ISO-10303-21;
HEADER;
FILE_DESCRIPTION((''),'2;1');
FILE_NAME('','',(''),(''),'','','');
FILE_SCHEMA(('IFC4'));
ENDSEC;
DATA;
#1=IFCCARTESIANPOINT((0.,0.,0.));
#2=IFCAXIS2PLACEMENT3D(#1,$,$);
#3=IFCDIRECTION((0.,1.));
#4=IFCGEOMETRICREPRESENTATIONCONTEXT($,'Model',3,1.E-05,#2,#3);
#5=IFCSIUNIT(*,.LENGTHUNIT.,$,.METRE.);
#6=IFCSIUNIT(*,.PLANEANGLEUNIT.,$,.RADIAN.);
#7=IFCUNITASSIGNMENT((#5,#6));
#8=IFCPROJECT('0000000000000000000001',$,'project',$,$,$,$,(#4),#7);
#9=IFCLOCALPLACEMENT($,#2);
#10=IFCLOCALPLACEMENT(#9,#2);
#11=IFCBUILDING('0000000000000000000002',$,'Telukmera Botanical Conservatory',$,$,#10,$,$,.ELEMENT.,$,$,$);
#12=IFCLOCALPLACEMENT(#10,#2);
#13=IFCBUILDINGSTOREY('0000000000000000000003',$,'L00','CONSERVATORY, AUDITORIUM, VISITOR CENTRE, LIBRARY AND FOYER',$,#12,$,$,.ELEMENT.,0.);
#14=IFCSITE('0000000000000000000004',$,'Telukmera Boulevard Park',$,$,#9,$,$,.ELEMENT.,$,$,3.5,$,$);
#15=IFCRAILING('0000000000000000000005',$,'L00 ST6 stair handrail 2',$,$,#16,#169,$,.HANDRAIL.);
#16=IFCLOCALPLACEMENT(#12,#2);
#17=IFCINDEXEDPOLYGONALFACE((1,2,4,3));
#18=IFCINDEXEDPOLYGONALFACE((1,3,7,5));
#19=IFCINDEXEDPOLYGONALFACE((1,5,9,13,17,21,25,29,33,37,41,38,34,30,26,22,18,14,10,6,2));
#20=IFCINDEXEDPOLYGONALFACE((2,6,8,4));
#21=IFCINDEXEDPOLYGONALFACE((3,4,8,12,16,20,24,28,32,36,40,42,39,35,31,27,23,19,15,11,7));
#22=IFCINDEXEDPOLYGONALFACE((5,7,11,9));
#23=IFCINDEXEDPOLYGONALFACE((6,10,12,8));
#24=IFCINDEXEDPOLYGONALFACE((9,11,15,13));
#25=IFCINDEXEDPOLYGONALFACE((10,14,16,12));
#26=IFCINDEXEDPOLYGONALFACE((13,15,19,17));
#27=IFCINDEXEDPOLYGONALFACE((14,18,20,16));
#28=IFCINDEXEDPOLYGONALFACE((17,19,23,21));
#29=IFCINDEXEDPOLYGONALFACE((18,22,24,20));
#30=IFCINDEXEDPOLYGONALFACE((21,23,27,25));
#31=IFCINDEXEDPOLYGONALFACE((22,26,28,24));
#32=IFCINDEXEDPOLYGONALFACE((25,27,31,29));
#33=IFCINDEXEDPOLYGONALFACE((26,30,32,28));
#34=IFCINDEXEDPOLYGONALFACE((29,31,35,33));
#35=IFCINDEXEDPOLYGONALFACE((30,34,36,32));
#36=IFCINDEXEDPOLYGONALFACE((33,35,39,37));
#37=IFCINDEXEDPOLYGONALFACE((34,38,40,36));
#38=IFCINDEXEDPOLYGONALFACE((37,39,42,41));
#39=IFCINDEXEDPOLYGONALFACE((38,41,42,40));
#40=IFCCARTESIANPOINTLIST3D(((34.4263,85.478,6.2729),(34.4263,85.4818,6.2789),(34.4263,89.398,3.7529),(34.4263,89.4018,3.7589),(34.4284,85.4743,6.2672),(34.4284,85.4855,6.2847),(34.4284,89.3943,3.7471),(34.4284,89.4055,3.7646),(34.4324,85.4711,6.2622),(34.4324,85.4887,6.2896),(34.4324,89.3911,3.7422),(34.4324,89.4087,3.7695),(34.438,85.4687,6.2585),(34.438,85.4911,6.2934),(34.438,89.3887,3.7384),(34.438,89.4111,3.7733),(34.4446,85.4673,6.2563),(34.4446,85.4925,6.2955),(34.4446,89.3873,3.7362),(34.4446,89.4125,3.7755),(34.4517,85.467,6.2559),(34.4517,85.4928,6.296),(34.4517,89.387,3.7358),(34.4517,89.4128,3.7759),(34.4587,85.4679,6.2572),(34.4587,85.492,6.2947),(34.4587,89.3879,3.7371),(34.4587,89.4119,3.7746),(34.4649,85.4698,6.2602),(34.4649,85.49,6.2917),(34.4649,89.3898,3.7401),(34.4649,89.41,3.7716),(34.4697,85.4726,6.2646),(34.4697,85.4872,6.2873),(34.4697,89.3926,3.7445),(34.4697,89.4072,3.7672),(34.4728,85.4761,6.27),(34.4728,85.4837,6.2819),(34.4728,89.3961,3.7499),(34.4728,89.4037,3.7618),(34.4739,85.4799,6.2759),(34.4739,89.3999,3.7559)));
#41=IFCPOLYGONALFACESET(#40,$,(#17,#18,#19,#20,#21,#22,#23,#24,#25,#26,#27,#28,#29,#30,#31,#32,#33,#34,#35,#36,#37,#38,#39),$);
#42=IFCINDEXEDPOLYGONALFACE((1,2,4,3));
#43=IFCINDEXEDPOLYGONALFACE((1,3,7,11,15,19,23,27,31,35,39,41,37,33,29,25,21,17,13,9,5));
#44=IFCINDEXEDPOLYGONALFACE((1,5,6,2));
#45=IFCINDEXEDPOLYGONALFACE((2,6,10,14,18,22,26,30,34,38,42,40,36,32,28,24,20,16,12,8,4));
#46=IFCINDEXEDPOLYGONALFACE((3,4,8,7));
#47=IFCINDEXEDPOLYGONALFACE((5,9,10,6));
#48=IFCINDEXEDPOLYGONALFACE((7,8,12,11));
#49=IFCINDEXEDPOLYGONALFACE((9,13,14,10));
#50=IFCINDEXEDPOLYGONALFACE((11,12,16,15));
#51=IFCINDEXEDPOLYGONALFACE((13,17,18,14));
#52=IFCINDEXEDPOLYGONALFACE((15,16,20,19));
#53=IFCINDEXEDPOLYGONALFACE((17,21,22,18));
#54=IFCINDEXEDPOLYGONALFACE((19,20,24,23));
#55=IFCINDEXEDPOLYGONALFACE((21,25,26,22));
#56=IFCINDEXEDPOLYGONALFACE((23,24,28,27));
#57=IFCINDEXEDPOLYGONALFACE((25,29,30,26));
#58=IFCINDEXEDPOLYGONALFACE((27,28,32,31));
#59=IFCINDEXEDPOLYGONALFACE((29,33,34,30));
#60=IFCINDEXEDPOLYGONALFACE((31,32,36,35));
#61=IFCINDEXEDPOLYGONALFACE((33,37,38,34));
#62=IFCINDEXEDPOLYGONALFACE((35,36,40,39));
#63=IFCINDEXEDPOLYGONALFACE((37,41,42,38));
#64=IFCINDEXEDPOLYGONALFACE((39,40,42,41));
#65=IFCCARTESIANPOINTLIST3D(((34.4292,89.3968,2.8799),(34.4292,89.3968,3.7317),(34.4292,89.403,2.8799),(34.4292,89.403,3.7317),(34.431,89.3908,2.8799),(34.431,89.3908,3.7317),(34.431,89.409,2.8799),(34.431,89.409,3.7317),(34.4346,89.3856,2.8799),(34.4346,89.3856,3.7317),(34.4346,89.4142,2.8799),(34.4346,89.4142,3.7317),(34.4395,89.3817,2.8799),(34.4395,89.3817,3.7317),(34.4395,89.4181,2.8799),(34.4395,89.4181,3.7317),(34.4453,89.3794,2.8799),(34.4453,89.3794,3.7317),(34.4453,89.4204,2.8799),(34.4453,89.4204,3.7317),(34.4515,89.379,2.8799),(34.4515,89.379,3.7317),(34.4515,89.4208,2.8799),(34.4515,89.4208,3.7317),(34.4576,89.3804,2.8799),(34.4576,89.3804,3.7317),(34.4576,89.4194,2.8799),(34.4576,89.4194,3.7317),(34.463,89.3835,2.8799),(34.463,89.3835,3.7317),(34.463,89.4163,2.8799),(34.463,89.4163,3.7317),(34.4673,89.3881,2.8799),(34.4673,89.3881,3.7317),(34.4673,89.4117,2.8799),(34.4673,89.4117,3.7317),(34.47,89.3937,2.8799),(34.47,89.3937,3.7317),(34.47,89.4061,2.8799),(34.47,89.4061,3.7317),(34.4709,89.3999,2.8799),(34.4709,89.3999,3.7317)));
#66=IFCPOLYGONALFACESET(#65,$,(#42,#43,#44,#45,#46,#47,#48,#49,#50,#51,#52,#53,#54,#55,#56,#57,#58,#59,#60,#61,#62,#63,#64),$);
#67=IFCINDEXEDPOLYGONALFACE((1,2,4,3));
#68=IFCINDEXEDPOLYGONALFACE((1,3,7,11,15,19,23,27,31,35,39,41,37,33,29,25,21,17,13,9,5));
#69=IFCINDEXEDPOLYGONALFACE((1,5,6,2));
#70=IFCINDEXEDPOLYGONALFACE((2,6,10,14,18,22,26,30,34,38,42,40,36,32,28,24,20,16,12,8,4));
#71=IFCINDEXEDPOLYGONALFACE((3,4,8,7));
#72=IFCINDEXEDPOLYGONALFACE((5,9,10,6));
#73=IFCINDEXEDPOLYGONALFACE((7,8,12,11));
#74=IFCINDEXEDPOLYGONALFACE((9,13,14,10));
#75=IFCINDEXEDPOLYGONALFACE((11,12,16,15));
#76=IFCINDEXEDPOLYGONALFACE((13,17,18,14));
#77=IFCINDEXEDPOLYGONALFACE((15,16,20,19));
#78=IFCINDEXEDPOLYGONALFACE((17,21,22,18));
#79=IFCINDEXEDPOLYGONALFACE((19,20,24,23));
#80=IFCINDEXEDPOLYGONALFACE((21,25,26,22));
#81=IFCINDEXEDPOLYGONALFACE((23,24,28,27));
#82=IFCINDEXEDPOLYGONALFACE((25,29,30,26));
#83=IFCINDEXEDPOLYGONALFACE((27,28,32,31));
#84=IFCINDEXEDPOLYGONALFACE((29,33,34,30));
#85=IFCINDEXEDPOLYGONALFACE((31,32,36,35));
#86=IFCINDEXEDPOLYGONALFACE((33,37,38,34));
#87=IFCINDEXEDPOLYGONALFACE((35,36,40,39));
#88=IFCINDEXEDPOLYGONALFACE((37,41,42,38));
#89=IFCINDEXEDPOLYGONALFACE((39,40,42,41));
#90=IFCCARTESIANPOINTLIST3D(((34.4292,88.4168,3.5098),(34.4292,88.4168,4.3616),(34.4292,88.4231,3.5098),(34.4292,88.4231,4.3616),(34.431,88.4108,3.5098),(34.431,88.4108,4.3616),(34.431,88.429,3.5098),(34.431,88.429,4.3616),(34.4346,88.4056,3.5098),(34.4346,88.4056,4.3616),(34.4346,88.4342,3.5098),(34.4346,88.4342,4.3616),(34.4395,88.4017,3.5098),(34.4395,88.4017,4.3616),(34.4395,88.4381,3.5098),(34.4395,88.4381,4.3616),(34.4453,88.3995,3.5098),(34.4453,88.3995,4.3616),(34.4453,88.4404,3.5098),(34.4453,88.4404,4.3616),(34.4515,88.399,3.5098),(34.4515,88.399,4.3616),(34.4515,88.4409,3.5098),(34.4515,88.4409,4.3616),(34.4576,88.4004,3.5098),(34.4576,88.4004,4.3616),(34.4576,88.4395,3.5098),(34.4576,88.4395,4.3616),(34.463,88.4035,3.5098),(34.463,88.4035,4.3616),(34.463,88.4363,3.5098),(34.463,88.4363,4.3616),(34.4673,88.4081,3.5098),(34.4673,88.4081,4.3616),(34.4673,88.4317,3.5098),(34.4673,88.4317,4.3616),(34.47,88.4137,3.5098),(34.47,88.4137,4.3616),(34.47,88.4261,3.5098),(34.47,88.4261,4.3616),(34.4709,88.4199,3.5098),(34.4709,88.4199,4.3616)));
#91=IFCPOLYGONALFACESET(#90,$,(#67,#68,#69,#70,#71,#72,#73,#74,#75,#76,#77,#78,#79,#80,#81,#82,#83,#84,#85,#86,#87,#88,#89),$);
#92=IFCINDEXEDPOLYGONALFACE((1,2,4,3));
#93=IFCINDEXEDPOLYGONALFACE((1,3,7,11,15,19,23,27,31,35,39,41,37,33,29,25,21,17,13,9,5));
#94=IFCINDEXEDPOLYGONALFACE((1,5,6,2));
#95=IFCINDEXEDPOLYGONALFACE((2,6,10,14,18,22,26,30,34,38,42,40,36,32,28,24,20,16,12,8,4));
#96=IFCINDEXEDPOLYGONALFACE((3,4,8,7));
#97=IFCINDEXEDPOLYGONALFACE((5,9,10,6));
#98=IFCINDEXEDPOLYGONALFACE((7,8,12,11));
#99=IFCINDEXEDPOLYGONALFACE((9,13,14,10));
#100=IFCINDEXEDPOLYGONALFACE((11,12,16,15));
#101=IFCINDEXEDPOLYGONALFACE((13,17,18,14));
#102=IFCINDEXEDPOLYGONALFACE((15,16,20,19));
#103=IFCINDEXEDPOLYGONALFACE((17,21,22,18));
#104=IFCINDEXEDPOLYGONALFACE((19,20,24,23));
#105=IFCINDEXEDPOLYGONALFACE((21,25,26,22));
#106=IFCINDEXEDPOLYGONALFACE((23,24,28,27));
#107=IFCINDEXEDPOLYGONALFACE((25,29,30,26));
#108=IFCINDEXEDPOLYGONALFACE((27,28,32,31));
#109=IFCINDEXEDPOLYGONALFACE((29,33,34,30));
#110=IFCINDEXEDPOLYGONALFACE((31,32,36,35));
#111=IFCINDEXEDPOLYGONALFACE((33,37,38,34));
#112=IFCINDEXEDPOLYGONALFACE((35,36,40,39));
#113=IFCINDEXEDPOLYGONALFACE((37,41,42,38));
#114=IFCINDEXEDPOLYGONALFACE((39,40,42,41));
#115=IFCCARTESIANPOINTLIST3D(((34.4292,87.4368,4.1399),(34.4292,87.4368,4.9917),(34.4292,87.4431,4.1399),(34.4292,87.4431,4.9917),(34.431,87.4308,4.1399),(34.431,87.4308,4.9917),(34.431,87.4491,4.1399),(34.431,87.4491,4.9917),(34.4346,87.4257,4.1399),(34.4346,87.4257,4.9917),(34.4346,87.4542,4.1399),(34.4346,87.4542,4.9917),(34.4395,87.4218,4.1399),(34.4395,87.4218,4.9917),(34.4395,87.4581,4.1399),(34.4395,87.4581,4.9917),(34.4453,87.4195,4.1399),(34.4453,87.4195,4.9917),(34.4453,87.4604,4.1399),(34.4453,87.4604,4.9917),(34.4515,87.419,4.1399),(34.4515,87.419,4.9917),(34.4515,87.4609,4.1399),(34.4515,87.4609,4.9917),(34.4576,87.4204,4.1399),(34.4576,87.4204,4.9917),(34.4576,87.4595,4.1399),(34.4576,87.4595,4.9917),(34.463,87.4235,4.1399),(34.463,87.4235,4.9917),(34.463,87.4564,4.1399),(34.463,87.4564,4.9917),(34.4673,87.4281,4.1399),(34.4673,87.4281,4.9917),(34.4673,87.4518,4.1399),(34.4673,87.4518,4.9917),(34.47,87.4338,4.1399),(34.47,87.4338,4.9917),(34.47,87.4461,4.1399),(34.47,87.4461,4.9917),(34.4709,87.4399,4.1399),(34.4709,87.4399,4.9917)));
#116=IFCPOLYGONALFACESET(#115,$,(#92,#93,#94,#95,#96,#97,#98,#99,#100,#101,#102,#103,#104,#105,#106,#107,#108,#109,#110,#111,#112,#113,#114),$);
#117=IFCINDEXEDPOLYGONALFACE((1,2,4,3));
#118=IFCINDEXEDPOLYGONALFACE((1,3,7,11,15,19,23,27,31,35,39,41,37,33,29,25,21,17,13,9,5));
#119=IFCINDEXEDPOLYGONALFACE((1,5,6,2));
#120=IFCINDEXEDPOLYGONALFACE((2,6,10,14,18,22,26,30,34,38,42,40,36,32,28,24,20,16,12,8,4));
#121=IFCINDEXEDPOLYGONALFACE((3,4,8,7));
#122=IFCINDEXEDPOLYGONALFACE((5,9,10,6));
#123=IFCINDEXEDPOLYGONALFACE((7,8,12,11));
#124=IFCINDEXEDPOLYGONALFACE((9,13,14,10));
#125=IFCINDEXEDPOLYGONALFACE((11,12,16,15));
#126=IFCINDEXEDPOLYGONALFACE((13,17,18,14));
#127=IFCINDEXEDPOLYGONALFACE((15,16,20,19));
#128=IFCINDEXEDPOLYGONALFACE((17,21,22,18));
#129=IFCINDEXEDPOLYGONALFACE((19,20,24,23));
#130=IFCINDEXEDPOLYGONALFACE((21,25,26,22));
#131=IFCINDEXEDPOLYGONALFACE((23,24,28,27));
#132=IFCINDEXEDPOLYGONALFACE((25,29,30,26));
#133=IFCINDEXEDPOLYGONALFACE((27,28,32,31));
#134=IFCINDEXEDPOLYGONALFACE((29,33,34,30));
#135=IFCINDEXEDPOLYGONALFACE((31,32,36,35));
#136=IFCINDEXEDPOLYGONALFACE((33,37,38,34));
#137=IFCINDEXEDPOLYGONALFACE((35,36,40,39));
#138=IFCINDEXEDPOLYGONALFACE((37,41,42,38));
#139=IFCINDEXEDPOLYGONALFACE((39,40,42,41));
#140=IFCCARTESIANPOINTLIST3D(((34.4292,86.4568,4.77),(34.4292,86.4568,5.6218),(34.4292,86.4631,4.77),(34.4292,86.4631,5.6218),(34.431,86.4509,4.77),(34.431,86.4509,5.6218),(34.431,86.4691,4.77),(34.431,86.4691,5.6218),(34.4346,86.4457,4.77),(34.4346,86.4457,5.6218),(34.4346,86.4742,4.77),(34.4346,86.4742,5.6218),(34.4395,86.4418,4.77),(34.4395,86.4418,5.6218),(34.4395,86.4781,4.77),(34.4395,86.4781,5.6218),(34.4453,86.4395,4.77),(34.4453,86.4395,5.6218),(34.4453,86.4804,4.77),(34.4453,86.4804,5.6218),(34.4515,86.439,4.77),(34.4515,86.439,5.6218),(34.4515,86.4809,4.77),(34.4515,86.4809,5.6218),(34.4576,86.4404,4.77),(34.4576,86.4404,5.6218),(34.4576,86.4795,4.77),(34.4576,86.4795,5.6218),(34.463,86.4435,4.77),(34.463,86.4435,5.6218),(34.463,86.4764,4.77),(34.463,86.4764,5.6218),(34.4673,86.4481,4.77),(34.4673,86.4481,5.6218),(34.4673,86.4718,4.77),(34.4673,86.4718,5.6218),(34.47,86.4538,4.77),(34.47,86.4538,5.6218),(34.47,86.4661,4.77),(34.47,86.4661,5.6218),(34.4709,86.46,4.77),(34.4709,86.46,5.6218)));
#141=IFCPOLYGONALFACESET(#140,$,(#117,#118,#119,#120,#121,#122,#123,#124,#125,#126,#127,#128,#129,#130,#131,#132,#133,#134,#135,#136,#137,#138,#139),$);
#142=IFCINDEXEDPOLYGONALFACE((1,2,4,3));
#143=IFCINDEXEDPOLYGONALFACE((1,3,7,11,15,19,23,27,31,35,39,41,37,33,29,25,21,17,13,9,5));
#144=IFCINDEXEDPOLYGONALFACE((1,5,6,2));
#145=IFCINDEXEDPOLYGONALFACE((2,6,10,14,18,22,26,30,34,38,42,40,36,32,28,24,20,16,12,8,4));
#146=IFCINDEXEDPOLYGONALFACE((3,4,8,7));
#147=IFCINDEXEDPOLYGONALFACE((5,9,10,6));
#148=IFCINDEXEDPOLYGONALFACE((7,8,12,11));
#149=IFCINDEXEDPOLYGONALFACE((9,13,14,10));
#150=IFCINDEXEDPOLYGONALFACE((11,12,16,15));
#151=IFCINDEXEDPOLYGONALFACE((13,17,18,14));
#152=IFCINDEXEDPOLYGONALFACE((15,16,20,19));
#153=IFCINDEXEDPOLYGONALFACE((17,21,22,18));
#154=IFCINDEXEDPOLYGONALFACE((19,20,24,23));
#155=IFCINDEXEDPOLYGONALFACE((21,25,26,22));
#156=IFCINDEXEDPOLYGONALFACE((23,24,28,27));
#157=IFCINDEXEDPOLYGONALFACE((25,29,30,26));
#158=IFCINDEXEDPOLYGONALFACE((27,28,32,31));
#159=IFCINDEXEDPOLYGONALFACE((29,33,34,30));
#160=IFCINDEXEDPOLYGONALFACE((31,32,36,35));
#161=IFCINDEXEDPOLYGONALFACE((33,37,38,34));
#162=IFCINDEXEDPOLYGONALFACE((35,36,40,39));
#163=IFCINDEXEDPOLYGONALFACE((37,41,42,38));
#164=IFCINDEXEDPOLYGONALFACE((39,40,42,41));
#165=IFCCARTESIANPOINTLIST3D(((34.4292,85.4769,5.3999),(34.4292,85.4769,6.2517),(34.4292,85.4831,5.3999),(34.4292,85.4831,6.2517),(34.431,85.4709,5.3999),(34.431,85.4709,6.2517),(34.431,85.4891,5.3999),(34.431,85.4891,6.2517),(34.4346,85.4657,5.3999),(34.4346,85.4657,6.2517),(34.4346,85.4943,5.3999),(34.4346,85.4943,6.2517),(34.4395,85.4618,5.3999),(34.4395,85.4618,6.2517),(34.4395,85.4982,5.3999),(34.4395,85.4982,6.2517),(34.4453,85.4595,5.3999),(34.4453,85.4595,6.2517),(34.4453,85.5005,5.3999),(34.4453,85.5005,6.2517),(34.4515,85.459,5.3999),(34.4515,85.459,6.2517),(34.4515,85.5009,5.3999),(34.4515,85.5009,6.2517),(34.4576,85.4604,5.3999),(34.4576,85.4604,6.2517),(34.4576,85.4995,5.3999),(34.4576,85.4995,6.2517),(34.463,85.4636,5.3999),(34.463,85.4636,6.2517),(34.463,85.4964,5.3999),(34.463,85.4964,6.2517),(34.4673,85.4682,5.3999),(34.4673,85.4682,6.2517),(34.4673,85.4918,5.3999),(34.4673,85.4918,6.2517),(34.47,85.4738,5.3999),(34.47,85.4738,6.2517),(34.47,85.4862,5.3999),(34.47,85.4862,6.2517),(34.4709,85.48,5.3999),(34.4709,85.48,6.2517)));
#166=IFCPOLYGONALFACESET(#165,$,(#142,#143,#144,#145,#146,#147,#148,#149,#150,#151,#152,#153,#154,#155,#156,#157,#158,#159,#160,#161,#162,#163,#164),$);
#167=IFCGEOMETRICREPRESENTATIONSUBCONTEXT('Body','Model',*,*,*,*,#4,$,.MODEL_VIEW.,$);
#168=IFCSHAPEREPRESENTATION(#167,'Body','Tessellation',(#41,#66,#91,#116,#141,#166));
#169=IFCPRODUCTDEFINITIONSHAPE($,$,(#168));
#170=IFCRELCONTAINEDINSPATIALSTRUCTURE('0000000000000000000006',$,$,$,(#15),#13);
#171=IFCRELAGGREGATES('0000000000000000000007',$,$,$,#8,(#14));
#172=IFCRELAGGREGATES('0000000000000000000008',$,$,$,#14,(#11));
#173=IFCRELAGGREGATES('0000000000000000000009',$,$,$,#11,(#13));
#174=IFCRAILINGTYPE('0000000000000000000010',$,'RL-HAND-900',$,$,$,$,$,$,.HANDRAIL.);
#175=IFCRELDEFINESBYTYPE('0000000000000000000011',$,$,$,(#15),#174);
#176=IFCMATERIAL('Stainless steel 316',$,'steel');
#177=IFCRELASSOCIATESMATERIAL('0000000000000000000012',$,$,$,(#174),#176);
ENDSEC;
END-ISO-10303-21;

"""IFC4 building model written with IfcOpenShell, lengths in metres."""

from ifc_helpers import new_model, si_unit, direction, frame, origin, origin_2d, place, context, subcontext, project, spatial, circle, extrude, material, type_object, element, save


model = new_model("IFC4")

# Units and contexts
model_context = context("Model", 3, precision=1e-05, world=origin(), true_north=direction((0.0, 1.0)))
body_context = subcontext(model_context, "Body", "Model", "MODEL_VIEW")
ifc_project = project(units=[si_unit("LENGTHUNIT", "METRE"), si_unit("PLANEANGLEUNIT", "RADIAN")], contexts=[model_context])

# Site, building, storey
site_placement = place(None, origin())
site = spatial("IfcSite", under=ifc_project, at=site_placement, Name="Telukmera Boulevard Park", CompositionType="ELEMENT", RefElevation=3.5)
building_placement = place(site_placement, origin())
building = spatial("IfcBuilding", under=site, at=building_placement, Name="Telukmera Botanical Conservatory", CompositionType="ELEMENT")
storey_placement = place(building_placement, origin())
storey = spatial("IfcBuildingStorey", under=building, at=storey_placement, Name="L00", Description="CONSERVATORY, AUDITORIUM, VISITOR CENTRE, LIBRARY AND FOYER", CompositionType="ELEMENT", Elevation=0.0)

# Railing
ifc_material_1 = material(Name="Stainless steel 316", Category="steel")
railing_type_1 = type_object("IfcRailingType", Name="RL-HAND-900", PredefinedType="HANDRAIL", material=ifc_material_1)
railing_1_placement = place(storey_placement, frame((34.45, 89.3999, 2.8799)))
element("IfcRailing", 1, at=railing_1_placement, inside=storey, type_object=railing_type_1, Name="L00 ST6 stair handrail 2", PredefinedType="HANDRAIL", context=body_context, shape_type="SweptSolid", body=[
    extrude(circle(Radius=0.0239, at=origin_2d()), frame((0.0, 0.0, 0.876), z_axis=(0.0, -0.841172, 0.540768), x_axis=(1.0, 0.0, 0.0)), (0.0, 0.0, 1.0), 4.6602),
    extrude(circle(Radius=0.021, at=origin_2d()), origin(), (0.0, 0.0, 1.0), 0.8518),
    extrude(circle(Radius=0.021, at=origin_2d()), frame((0.0, -0.98, 0.6299)), (0.0, 0.0, 1.0), 0.8518),
    extrude(circle(Radius=0.021, at=origin_2d()), frame((0.0, -1.96, 1.26)), (0.0, 0.0, 1.0), 0.8518),
    extrude(circle(Radius=0.021, at=origin_2d()), frame((0.0, -2.9399, 1.8901)), (0.0, 0.0, 1.0), 0.8518),
    extrude(circle(Radius=0.021, at=origin_2d()), frame((0.0, -3.9199, 2.52)), (0.0, 0.0, 1.0), 0.8518),
])

save(model, "model.ifc")
